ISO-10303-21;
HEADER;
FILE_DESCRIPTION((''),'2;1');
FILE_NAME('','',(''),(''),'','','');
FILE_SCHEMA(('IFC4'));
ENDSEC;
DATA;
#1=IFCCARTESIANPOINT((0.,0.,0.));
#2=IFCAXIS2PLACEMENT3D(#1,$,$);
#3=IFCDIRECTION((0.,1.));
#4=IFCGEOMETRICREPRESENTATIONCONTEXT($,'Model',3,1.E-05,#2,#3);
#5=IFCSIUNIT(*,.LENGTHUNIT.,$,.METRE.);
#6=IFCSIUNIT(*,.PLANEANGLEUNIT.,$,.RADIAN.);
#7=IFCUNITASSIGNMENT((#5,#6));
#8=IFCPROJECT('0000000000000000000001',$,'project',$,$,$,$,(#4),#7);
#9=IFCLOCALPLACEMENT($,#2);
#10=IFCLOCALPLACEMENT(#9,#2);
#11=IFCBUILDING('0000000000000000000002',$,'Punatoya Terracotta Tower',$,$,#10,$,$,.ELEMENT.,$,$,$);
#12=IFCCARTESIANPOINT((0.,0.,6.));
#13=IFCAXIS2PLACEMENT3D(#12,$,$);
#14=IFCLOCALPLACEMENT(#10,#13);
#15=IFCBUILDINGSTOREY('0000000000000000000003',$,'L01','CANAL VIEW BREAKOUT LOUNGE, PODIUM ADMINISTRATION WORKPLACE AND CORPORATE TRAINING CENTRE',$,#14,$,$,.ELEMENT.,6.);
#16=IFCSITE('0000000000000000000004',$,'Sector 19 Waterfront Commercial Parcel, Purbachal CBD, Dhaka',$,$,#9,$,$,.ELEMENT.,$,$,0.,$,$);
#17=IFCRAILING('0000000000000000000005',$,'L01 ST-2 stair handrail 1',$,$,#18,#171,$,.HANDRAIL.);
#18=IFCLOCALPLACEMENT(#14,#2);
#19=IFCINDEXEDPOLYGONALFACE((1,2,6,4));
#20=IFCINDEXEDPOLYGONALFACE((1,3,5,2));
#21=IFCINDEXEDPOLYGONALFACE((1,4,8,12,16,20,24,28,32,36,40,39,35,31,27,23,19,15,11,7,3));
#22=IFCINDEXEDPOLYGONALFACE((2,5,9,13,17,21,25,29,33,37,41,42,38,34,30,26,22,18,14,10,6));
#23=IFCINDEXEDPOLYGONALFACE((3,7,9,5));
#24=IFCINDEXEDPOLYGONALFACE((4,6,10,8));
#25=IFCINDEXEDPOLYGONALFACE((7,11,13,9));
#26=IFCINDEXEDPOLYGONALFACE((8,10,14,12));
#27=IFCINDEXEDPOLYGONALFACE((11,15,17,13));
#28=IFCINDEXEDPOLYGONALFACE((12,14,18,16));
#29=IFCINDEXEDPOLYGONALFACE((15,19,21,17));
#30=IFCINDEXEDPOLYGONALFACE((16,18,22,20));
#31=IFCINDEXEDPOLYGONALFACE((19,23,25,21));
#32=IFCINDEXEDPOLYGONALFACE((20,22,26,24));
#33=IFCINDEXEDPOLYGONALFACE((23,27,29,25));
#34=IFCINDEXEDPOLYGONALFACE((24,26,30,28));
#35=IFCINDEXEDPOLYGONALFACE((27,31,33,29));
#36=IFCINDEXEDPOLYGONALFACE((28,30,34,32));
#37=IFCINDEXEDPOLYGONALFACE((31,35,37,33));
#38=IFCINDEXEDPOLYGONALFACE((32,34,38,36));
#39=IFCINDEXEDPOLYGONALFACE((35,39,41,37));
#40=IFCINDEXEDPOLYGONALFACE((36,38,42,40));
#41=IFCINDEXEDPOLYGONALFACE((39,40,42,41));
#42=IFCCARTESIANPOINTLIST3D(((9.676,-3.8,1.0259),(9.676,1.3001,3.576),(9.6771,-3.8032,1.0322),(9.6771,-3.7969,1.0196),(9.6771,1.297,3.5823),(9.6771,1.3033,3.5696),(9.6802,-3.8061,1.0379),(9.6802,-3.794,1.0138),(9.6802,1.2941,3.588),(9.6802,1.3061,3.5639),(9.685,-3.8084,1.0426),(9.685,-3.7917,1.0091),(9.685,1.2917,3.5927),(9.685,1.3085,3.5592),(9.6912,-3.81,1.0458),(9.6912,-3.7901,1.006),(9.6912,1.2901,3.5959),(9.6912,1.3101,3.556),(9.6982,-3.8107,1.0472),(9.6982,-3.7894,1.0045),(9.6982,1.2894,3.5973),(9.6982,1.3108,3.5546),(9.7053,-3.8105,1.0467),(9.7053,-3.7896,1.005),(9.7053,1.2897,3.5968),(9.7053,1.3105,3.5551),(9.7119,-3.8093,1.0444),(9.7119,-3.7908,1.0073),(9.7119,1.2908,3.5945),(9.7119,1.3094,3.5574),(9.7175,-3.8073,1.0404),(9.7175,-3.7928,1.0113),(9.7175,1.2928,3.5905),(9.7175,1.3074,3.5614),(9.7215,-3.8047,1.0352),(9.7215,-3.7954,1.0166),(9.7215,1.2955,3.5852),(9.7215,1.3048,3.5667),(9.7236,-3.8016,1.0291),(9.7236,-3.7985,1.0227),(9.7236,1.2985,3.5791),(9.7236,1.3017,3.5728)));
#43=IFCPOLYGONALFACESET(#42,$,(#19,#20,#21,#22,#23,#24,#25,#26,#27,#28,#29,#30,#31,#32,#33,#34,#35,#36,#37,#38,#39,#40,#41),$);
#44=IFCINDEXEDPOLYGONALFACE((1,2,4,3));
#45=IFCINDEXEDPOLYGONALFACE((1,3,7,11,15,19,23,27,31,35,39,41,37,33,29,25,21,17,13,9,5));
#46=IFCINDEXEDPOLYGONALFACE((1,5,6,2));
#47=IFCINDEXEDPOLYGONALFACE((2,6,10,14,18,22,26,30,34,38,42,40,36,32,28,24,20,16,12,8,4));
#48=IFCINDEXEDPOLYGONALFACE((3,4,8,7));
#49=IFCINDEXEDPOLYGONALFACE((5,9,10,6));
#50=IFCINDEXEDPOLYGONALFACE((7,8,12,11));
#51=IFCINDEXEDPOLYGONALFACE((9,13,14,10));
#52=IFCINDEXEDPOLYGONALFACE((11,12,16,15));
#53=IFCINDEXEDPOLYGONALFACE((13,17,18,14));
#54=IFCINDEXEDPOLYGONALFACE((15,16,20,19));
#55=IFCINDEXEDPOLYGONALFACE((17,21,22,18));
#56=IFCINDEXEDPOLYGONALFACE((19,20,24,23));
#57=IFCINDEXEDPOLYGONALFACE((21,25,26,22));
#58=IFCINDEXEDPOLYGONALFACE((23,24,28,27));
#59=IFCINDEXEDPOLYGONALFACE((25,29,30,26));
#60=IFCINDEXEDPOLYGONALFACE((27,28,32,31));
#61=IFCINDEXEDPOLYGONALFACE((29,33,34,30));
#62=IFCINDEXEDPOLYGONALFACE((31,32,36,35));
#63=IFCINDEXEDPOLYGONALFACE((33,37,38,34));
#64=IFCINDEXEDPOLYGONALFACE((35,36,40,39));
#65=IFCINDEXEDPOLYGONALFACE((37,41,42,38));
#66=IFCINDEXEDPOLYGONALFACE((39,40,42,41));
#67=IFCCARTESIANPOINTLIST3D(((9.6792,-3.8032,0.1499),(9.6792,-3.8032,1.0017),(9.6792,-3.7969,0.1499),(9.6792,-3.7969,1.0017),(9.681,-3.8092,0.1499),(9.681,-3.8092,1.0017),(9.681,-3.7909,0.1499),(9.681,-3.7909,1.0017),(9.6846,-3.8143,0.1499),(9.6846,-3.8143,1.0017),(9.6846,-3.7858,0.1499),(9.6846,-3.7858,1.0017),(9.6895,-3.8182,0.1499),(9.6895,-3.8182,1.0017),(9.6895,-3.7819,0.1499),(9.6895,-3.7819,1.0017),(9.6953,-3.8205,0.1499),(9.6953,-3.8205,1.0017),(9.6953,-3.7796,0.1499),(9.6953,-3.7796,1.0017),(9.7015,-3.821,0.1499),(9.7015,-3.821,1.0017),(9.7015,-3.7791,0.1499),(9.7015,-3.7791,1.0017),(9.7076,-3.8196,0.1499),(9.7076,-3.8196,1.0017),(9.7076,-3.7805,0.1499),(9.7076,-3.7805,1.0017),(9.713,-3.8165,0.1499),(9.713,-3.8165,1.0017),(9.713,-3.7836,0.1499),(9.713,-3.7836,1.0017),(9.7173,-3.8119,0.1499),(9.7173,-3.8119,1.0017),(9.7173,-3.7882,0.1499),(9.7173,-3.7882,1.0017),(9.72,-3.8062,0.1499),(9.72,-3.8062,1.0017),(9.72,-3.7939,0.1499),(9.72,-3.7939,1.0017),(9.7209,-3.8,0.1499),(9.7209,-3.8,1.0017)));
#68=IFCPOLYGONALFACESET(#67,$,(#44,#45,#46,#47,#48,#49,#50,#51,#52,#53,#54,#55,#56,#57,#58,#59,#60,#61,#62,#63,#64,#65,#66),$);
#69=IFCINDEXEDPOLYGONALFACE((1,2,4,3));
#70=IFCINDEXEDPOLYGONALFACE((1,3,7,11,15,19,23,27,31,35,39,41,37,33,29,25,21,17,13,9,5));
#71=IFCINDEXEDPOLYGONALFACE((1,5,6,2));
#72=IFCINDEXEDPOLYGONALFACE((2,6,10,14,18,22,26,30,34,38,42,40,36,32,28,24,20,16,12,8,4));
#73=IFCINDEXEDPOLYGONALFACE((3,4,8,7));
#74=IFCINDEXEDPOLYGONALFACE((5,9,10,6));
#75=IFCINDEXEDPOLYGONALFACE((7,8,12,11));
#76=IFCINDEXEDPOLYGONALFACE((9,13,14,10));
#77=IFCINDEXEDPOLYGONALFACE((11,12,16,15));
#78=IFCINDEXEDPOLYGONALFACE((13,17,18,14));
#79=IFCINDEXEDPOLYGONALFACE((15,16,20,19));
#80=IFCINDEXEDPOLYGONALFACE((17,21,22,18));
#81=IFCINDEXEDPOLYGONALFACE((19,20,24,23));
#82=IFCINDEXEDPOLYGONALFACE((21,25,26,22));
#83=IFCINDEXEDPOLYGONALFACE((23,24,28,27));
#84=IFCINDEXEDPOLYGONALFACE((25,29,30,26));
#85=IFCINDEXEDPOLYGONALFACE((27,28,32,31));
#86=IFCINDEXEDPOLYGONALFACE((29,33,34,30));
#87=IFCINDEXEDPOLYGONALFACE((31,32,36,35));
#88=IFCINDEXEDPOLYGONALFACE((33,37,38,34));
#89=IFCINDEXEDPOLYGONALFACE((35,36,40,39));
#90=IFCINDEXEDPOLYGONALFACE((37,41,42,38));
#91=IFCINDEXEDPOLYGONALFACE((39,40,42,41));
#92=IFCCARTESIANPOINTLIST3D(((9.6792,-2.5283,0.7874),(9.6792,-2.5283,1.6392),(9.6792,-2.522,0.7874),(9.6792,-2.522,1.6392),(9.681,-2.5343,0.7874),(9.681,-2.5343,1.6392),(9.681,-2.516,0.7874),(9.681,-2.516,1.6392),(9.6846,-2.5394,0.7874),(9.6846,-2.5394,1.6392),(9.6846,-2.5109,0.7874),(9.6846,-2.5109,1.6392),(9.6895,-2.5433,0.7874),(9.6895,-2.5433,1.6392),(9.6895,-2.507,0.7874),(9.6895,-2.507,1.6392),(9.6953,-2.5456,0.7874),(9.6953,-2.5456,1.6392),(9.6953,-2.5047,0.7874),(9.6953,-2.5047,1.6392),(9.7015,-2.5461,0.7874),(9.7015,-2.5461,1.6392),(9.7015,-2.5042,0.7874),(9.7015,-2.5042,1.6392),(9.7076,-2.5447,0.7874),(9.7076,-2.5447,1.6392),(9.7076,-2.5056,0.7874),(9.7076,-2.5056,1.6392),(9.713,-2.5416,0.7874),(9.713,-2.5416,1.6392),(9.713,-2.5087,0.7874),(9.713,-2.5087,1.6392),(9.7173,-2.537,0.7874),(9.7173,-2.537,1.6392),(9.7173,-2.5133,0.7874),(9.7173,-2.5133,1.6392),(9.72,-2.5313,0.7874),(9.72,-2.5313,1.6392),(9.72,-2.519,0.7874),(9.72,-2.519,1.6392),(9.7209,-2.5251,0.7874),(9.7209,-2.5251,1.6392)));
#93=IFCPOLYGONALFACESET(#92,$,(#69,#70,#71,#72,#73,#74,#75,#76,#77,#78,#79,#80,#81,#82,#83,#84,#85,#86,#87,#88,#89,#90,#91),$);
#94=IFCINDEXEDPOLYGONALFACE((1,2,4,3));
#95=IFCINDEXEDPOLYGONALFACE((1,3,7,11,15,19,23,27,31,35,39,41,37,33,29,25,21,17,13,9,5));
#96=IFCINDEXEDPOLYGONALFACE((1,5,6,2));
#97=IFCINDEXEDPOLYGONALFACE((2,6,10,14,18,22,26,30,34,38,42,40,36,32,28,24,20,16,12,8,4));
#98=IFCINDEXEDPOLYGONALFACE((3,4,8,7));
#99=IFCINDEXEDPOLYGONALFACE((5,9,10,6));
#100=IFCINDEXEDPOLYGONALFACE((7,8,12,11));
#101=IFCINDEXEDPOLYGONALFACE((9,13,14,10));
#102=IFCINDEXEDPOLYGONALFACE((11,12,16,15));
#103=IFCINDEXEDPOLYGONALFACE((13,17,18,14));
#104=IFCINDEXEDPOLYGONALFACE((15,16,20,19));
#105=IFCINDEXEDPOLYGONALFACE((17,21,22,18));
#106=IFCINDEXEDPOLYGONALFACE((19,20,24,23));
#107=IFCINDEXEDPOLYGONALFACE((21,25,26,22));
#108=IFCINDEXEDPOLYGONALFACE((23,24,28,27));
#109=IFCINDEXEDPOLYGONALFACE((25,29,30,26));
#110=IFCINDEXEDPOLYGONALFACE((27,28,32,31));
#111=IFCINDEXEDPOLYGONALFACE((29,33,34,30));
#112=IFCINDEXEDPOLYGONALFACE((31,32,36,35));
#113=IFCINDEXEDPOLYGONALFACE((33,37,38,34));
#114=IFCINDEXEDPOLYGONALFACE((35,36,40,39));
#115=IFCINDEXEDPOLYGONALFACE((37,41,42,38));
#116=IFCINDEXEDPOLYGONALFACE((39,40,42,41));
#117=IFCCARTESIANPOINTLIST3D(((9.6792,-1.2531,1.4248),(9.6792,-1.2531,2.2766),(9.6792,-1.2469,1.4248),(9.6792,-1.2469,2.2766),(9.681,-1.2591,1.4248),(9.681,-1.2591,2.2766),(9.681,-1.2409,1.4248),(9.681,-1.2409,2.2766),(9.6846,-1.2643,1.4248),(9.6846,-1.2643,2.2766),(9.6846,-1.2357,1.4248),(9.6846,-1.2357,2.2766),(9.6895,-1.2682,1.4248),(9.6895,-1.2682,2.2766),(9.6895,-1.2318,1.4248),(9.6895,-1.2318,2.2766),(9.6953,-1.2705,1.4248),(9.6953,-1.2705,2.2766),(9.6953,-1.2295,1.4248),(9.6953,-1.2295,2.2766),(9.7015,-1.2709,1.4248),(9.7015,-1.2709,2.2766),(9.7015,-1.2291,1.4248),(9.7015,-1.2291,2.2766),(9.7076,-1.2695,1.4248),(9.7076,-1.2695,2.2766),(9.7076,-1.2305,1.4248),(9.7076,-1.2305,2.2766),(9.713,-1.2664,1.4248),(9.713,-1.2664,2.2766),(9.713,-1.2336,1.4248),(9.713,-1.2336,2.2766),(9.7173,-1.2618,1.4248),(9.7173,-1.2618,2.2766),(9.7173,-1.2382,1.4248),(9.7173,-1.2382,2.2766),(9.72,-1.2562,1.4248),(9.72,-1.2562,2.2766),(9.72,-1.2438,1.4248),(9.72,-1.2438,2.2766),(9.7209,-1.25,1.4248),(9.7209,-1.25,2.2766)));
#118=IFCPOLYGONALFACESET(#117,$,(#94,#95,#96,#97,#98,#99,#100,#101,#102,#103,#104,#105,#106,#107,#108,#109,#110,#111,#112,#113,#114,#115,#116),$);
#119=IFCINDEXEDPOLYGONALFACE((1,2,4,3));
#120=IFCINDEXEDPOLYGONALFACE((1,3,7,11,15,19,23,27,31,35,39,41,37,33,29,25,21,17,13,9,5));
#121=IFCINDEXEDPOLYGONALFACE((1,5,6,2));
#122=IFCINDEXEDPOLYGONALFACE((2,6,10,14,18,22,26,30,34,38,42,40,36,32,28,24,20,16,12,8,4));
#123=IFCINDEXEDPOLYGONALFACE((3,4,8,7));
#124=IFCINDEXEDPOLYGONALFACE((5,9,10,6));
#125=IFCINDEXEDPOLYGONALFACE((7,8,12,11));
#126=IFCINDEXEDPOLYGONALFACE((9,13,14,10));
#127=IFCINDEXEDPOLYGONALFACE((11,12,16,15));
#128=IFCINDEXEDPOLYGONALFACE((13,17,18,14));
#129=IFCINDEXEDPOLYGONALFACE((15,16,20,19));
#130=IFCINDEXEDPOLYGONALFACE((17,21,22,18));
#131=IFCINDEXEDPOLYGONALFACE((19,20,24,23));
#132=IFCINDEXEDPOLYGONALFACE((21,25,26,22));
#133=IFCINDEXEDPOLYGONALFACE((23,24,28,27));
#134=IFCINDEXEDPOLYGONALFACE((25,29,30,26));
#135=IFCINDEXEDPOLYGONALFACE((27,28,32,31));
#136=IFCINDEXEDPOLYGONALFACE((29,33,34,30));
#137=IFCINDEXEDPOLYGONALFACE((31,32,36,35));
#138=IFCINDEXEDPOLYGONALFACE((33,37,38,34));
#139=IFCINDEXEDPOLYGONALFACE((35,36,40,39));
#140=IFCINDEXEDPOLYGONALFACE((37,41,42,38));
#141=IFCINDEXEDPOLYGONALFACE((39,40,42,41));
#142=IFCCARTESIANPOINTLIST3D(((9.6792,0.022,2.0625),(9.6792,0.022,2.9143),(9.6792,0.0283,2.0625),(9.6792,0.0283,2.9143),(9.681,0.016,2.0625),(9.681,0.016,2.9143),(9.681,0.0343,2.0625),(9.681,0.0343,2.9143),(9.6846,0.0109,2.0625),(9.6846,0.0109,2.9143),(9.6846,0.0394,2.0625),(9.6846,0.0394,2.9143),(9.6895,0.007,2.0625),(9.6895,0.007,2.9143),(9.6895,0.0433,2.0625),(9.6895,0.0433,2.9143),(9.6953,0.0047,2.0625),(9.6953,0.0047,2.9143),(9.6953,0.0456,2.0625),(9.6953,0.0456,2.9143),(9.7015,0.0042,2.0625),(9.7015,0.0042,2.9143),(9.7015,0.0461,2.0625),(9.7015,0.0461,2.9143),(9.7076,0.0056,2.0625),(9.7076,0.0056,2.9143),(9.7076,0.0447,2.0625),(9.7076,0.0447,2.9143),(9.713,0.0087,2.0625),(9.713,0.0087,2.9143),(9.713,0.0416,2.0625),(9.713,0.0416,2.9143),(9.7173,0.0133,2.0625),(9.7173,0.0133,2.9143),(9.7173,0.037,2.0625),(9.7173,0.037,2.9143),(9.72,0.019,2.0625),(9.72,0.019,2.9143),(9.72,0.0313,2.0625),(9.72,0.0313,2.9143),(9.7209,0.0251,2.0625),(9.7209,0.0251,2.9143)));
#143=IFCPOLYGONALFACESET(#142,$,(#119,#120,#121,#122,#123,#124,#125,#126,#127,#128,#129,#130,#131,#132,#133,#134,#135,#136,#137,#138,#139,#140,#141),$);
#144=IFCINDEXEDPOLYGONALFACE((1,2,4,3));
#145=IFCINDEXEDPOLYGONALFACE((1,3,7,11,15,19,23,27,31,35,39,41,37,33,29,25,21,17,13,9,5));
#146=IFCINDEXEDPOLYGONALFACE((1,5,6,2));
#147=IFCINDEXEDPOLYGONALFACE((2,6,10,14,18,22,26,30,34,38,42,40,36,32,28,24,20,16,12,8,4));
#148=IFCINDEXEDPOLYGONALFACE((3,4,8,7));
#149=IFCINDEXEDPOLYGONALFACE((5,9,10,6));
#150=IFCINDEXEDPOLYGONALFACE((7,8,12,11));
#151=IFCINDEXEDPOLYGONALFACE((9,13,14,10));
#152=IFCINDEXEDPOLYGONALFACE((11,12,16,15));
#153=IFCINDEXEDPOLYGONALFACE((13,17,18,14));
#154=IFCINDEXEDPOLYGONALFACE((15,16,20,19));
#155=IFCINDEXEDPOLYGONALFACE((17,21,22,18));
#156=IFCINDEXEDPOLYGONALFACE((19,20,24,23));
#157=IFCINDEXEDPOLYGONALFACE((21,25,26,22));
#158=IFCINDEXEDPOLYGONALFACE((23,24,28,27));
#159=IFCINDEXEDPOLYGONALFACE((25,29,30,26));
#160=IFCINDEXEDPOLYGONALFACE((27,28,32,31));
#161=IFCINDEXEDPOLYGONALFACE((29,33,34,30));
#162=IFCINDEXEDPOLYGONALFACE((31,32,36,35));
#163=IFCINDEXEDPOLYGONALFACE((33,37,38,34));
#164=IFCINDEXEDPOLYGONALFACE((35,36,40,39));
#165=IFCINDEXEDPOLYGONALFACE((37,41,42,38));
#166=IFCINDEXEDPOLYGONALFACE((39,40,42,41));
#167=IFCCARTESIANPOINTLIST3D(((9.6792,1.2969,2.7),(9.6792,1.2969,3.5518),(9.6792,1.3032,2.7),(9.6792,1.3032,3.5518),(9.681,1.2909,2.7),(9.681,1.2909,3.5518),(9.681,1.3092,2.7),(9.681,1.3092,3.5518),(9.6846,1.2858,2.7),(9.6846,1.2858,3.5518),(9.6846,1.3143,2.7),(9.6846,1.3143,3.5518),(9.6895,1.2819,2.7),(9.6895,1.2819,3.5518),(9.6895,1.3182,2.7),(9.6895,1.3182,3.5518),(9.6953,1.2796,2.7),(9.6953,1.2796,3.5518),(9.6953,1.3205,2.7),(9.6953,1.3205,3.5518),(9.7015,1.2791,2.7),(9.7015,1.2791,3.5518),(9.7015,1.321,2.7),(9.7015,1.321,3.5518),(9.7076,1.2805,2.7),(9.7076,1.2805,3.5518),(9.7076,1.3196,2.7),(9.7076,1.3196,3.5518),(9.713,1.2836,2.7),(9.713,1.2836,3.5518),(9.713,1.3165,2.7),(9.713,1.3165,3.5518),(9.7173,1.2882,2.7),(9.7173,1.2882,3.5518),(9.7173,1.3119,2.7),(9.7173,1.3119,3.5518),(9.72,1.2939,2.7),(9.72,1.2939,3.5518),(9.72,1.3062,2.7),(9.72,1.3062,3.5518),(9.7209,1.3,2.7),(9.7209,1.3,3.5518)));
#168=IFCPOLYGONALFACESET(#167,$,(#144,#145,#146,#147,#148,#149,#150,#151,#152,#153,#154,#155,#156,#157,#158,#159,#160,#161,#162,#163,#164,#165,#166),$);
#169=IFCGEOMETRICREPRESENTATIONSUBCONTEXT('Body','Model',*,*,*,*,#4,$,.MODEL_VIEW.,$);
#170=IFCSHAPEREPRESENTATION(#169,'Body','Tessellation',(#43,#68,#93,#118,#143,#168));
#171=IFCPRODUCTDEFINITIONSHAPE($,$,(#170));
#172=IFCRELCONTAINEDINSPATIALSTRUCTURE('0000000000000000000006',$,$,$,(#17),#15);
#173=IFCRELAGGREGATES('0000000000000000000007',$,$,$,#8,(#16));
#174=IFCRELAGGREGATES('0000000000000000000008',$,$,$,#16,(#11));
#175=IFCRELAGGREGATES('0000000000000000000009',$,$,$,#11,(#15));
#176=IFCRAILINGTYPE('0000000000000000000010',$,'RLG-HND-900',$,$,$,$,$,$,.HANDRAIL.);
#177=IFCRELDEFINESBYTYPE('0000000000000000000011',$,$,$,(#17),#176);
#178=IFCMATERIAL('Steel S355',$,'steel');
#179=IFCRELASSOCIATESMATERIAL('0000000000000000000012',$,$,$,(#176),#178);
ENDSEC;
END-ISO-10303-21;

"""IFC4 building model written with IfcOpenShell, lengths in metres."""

from ifc_helpers import new_model, si_unit, direction, frame, origin, origin_2d, place, context, subcontext, project, spatial, circle, extrude, material, type_object, element, save


model = new_model("IFC4")

# Units and contexts
model_context = context("Model", 3, precision=1e-05, world=origin(), true_north=direction((0.0, 1.0)))
body_context = subcontext(model_context, "Body", "Model", "MODEL_VIEW")
ifc_project = project(units=[si_unit("LENGTHUNIT", "METRE"), si_unit("PLANEANGLEUNIT", "RADIAN")], contexts=[model_context])

# Site, building, storey
site_placement = place(None, origin())
site = spatial("IfcSite", under=ifc_project, at=site_placement, Name="Sector 19 Waterfront Commercial Parcel, Purbachal CBD, Dhaka", CompositionType="ELEMENT", RefElevation=0.0)
building_placement = place(site_placement, origin())
building = spatial("IfcBuilding", under=site, at=building_placement, Name="Punatoya Terracotta Tower", CompositionType="ELEMENT")
storey_placement = place(building_placement, frame((0.0, 0.0, 6.0)))
storey = spatial("IfcBuildingStorey", under=building, at=storey_placement, Name="L01", Description="CANAL VIEW BREAKOUT LOUNGE, PODIUM ADMINISTRATION WORKPLACE AND CORPORATE TRAINING CENTRE", CompositionType="ELEMENT", Elevation=6.0)

# Shared definitions
ifc_material_1 = material(Name="Steel S355", Category="steel")

# Railing
railing_type_1 = type_object("IfcRailingType", Name="RLG-HND-900", PredefinedType="HANDRAIL", material=ifc_material_1)
railing_1_placement = place(storey_placement, frame((9.7, -3.8, 0.1499)))
element("IfcRailing", 1, at=railing_1_placement, inside=storey, type_object=railing_type_1, Name="L01 ST-2 stair handrail 1", PredefinedType="HANDRAIL", context=body_context, shape_type="SweptSolid", body=[
    extrude(circle(Radius=0.0239, at=origin_2d()), frame((0.0, 0.0, 0.876), z_axis=(0.0, 0.894427, 0.447214), x_axis=(-1.0, 0.0, 0.0)), (0.0, 0.0, 1.0), 5.7021),
    extrude(circle(Radius=0.021, at=origin_2d()), origin(), (0.0, 0.0, 1.0), 0.8518),
    extrude(circle(Radius=0.021, at=origin_2d()), frame((0.0, 1.2749, 0.6375)), (0.0, 0.0, 1.0), 0.8518),
    extrude(circle(Radius=0.021, at=origin_2d()), frame((0.0, 2.55, 1.2749)), (0.0, 0.0, 1.0), 0.8518),
    extrude(circle(Radius=0.021, at=origin_2d()), frame((0.0, 3.8252, 1.9126)), (0.0, 0.0, 1.0), 0.8518),
    extrude(circle(Radius=0.021, at=origin_2d()), frame((0.0, 5.1001, 2.55)), (0.0, 0.0, 1.0), 0.8518),
])

save(model, "model.ifc")
